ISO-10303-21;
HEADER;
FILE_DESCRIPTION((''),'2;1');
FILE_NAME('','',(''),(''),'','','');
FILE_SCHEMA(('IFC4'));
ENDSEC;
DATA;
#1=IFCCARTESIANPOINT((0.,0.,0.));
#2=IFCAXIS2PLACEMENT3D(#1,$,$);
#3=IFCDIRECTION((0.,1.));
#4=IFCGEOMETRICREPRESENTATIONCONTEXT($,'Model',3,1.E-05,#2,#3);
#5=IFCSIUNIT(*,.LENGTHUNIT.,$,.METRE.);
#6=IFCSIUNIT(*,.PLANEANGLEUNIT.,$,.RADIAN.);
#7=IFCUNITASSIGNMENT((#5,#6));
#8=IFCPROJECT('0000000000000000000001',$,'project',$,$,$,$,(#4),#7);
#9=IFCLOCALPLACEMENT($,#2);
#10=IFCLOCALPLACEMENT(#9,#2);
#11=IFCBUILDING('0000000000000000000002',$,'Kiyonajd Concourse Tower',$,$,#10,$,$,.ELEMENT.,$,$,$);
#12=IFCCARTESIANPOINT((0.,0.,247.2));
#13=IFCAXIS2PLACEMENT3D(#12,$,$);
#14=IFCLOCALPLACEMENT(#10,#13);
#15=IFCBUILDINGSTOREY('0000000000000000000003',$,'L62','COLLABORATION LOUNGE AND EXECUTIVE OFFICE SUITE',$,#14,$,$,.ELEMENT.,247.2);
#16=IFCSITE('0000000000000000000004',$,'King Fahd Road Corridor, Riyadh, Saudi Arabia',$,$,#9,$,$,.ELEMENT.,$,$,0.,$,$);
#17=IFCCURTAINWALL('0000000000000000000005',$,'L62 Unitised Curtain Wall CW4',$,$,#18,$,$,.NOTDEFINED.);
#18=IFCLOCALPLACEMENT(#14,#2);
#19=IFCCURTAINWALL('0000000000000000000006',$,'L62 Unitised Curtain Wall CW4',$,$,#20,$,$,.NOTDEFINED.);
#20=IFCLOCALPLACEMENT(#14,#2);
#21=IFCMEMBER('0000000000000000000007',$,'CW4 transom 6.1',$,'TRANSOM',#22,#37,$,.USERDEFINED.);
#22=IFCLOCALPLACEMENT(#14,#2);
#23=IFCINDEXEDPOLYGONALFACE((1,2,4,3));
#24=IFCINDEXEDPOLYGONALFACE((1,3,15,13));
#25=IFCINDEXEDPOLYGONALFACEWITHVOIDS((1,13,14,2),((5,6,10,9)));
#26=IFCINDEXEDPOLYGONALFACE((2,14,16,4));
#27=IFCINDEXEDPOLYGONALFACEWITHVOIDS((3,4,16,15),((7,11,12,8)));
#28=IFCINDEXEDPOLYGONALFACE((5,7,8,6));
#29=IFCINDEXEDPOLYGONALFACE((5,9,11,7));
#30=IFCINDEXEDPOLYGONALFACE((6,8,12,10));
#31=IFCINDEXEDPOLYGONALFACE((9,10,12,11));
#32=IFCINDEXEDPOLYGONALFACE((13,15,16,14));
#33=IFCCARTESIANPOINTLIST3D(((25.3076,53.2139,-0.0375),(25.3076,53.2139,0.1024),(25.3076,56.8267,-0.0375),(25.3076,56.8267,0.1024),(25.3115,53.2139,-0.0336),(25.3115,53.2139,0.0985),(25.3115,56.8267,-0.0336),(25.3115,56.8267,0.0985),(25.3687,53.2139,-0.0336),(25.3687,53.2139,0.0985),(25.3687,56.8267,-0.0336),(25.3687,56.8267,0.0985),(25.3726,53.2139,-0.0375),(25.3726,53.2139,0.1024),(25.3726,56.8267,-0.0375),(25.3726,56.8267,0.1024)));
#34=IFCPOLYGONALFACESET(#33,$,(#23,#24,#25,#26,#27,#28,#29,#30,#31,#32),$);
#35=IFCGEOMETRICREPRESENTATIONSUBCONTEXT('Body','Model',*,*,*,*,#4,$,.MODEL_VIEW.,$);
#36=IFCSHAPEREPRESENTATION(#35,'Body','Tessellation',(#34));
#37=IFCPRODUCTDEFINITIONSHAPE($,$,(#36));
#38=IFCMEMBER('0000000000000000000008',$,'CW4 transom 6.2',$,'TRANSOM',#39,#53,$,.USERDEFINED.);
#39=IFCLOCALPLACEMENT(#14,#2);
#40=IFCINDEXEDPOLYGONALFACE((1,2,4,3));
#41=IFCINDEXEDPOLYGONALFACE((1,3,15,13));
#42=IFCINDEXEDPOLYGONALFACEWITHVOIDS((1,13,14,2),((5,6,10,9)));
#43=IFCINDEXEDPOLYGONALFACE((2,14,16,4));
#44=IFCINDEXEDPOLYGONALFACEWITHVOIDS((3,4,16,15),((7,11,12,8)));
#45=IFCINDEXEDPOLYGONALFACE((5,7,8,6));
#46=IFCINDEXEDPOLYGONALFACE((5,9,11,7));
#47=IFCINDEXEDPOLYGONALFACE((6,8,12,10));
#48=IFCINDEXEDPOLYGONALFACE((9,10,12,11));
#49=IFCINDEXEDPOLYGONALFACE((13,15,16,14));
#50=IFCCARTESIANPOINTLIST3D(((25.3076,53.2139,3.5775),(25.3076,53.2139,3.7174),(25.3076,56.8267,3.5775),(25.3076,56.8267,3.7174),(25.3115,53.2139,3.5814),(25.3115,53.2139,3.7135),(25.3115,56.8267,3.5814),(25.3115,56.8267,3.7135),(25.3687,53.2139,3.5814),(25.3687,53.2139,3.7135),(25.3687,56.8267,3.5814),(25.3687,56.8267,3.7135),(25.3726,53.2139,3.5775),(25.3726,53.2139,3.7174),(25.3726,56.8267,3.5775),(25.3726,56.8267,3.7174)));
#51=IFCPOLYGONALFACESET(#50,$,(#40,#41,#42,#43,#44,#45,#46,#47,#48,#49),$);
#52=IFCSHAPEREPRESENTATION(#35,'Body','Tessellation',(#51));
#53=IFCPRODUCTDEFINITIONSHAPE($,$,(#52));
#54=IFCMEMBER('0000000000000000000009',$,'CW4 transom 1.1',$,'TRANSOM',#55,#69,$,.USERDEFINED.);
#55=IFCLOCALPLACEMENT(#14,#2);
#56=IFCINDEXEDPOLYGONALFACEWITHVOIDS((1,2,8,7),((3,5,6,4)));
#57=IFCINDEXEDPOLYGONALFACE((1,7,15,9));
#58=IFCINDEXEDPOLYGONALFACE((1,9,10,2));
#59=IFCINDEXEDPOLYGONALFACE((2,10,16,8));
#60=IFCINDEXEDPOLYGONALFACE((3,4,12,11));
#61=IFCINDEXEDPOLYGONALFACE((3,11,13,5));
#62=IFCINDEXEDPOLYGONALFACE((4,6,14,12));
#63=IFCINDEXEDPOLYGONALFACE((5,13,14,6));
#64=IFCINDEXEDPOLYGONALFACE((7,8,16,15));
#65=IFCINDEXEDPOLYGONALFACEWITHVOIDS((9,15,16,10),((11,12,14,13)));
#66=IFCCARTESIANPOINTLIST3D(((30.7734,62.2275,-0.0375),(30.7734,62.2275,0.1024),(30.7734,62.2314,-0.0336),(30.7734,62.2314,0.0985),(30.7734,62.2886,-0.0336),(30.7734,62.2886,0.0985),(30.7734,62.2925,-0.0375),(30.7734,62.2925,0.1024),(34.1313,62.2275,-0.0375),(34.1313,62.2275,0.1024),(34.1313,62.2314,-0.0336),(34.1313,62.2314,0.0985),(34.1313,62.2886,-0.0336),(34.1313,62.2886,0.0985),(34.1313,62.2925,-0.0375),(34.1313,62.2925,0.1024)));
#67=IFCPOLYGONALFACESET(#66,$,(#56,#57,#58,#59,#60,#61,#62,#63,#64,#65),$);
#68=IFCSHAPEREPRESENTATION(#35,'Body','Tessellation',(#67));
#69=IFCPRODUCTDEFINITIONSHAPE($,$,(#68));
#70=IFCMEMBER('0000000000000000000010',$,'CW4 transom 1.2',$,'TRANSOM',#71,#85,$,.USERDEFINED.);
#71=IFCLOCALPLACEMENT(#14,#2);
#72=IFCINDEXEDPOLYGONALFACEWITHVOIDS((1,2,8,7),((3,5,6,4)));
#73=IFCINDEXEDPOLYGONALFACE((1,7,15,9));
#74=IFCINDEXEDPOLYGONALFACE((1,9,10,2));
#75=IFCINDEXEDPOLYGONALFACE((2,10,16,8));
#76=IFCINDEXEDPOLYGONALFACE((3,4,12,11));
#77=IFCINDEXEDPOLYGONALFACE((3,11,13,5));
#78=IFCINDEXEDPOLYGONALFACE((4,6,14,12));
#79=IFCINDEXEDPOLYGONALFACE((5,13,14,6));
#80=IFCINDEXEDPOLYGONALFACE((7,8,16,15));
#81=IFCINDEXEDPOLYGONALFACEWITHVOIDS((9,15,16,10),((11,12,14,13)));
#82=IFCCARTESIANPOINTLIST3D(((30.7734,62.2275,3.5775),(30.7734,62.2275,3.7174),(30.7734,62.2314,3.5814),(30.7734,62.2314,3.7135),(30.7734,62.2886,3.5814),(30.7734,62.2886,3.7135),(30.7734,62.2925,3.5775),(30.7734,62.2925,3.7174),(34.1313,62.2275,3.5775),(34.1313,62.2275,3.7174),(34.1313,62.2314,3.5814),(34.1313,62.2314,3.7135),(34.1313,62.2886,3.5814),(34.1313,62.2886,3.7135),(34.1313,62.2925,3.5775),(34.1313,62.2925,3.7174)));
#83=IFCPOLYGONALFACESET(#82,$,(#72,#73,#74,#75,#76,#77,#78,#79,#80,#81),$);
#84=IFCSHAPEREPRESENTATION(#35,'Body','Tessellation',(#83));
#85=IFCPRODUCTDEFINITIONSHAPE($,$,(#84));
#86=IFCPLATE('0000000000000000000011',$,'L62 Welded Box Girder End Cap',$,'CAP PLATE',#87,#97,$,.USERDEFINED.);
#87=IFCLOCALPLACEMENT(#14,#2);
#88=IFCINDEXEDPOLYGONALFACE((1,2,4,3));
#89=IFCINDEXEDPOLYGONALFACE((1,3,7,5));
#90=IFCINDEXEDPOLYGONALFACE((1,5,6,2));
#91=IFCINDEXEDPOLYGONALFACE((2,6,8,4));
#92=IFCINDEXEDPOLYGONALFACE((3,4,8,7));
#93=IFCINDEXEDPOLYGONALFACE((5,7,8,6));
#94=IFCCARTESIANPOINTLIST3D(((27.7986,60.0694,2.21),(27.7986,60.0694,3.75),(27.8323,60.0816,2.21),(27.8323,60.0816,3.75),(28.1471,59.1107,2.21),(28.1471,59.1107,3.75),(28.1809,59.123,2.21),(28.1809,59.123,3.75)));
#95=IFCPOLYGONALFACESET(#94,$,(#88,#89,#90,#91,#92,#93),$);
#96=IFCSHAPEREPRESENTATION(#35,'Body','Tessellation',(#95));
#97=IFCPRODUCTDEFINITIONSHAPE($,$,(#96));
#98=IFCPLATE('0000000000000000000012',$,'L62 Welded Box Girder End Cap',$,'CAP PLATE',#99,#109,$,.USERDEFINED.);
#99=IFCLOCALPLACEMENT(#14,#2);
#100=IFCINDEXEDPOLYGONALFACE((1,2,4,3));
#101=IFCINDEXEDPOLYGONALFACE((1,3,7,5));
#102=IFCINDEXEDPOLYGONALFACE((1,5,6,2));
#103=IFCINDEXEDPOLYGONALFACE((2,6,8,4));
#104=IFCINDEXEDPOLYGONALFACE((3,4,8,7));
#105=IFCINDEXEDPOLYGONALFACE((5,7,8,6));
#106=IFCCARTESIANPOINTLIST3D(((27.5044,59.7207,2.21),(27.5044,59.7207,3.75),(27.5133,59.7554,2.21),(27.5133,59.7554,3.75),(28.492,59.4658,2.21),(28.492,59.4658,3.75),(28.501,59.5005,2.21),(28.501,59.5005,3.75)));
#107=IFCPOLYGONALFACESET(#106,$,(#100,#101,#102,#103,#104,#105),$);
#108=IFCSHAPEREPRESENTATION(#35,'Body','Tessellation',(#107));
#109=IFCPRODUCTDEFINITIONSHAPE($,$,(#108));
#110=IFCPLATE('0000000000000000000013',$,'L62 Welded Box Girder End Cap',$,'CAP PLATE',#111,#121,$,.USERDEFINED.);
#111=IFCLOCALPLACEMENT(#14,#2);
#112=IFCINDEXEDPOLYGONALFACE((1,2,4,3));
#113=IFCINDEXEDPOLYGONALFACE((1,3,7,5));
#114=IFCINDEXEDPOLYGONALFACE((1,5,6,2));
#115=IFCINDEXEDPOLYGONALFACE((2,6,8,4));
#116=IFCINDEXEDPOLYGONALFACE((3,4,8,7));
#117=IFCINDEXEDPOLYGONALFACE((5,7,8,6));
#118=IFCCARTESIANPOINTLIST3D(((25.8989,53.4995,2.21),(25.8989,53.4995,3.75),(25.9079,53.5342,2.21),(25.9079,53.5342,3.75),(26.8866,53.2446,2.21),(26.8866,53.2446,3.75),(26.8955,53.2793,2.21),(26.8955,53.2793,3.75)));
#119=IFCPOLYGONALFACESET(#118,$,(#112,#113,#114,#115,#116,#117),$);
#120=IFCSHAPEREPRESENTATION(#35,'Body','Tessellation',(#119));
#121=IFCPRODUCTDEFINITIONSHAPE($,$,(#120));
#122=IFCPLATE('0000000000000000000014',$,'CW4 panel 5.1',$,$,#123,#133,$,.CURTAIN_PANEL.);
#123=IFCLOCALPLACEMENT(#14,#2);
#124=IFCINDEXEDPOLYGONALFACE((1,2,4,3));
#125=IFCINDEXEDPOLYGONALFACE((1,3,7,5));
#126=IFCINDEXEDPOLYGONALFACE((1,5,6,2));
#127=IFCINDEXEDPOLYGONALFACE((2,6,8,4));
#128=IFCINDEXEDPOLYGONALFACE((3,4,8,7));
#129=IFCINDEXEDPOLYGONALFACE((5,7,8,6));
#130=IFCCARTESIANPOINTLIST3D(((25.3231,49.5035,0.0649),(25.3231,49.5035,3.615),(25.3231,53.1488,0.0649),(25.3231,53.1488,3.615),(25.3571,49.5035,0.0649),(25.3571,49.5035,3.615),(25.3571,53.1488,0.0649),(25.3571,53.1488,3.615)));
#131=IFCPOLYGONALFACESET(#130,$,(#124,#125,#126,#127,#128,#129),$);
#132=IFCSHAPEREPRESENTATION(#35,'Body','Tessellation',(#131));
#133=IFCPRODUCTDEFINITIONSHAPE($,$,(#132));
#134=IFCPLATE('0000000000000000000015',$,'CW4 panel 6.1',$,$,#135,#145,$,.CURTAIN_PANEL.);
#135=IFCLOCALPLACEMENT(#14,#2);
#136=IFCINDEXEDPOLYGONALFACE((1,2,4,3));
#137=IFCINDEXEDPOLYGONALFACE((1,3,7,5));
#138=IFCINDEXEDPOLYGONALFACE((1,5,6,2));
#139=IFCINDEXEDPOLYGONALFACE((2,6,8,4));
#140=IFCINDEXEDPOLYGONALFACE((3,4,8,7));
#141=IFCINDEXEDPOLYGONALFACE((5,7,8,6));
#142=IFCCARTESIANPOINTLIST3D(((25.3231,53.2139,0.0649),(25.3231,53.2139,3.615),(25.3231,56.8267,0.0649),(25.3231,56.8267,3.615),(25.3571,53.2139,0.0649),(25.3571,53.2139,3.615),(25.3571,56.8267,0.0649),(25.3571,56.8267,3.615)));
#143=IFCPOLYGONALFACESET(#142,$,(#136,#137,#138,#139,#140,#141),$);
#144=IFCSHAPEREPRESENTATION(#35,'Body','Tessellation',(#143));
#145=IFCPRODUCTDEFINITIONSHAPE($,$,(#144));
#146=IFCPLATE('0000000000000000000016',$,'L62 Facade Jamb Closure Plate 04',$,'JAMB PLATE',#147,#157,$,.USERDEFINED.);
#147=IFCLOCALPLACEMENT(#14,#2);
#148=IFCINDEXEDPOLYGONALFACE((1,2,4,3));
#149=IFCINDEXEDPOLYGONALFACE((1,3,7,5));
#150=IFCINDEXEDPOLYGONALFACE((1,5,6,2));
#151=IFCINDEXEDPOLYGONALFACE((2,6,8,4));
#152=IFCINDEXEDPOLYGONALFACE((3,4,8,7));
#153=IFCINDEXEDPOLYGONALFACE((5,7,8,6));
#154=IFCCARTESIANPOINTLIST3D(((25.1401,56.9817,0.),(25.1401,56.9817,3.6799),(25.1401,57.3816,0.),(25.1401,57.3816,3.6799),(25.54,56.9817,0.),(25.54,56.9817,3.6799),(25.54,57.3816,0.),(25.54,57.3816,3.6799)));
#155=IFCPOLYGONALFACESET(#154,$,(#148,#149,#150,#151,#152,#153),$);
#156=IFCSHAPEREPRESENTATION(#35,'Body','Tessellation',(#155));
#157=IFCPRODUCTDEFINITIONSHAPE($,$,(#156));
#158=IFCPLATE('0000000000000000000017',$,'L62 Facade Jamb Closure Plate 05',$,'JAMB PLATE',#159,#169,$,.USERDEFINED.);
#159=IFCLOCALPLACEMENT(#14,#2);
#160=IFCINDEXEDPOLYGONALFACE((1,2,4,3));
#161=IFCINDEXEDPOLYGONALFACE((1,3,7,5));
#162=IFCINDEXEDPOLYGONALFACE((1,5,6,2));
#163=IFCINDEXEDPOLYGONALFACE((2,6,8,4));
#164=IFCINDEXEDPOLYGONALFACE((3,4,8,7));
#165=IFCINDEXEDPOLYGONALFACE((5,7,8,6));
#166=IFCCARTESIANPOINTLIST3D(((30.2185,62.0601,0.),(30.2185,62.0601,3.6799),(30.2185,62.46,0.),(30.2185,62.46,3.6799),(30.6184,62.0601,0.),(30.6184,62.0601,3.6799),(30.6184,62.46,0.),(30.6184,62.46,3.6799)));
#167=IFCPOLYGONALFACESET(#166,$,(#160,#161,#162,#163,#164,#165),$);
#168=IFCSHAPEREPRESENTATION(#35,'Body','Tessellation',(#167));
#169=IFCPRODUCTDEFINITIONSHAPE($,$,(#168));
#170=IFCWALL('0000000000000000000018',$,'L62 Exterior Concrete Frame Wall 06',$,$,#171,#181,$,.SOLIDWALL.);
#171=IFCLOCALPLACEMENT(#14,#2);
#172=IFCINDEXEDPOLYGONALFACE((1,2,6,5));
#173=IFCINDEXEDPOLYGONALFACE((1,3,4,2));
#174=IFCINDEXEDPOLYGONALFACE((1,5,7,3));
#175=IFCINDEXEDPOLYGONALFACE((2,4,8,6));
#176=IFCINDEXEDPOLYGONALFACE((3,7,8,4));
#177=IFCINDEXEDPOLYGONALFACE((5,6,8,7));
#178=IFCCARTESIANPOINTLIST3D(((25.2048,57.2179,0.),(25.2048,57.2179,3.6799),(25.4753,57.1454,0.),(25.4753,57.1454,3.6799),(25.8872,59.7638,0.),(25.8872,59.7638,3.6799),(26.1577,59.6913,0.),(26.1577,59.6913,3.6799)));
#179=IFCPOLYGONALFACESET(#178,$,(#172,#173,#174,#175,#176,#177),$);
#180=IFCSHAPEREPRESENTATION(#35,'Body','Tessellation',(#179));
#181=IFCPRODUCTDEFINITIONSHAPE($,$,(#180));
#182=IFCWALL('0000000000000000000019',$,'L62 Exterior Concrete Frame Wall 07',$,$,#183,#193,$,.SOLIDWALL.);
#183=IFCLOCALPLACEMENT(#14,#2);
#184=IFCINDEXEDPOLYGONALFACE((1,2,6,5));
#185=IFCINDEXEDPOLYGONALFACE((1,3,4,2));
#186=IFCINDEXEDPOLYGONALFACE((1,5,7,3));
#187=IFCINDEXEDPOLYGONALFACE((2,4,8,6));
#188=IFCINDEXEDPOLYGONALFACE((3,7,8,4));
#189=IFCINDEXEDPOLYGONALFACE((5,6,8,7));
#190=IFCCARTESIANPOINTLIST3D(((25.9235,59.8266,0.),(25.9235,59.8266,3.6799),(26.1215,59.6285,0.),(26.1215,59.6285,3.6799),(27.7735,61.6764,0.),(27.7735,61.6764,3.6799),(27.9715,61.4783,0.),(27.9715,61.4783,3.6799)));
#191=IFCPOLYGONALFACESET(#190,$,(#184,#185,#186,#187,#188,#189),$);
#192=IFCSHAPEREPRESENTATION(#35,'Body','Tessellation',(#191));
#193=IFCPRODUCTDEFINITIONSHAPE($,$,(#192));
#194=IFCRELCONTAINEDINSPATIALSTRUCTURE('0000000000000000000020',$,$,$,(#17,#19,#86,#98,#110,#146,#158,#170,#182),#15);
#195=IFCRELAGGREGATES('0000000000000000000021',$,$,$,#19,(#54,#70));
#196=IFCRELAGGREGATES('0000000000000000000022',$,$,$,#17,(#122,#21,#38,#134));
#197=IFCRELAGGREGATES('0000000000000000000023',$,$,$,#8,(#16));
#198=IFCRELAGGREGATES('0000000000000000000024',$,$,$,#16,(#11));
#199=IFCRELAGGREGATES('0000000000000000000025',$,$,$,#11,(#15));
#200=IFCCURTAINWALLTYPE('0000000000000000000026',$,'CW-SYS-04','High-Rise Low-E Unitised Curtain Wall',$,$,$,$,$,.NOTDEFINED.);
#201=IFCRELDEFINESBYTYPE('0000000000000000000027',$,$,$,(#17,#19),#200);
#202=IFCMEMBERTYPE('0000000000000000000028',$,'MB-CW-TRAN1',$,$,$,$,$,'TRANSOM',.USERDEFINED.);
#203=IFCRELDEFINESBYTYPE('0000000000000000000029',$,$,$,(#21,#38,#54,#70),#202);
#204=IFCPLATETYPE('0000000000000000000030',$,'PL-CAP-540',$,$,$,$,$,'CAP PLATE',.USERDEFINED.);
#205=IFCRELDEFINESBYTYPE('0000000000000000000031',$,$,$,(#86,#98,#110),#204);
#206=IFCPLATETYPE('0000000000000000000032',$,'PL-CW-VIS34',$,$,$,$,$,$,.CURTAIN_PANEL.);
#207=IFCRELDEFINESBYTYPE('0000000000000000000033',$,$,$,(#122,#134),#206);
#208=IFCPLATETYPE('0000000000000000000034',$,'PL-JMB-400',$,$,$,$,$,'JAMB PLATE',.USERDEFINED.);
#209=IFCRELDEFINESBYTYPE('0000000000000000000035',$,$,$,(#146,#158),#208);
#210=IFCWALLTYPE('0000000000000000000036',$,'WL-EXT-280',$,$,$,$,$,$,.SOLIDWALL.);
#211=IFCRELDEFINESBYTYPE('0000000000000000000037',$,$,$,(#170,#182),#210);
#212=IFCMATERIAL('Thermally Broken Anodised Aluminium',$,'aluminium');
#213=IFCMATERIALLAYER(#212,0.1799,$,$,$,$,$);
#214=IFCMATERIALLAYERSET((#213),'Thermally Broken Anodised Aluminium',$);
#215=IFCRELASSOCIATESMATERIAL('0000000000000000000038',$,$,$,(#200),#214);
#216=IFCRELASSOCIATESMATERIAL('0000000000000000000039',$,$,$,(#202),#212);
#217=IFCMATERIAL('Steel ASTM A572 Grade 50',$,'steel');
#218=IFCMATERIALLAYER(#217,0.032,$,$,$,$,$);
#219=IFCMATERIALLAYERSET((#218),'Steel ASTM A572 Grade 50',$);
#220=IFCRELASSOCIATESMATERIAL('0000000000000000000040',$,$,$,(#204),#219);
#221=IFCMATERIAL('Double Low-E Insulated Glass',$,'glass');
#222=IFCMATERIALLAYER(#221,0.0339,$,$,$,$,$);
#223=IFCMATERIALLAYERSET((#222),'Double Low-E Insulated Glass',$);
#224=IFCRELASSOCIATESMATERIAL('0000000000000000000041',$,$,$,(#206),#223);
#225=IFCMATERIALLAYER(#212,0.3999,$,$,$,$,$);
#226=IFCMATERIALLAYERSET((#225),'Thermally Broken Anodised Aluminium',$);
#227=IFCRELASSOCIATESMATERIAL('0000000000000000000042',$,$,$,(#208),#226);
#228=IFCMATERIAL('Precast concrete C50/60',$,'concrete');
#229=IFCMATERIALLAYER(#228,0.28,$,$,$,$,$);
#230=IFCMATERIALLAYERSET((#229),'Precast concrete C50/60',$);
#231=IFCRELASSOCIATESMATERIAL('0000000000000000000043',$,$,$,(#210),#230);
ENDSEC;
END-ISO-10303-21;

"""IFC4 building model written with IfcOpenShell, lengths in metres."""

from ifc_helpers import new_model, si_unit, direction, frame, frame_2d, origin, origin_2d, place, context, subcontext, project, spatial, rectangle, hollow_rectangle, extrude, material, layer, layer_set, material_profile, profile_set, type_object, element, aggregate, save


model = new_model("IFC4")

# Units and contexts
model_context = context("Model", 3, precision=1e-05, world=origin(), true_north=direction((0.0, 1.0)))
body_context = subcontext(model_context, "Body", "Model", "MODEL_VIEW")
ifc_project = project(units=[si_unit("LENGTHUNIT", "METRE"), si_unit("PLANEANGLEUNIT", "RADIAN")], contexts=[model_context])

# Site, building, storey
site_placement = place(None, origin())
site = spatial("IfcSite", under=ifc_project, at=site_placement, Name="King Fahd Road Corridor, Riyadh, Saudi Arabia", CompositionType="ELEMENT", RefElevation=0.0)
building_placement = place(site_placement, origin())
building = spatial("IfcBuilding", under=site, at=building_placement, Name="Kiyonajd Concourse Tower", CompositionType="ELEMENT")
storey_placement = place(building_placement, frame((0.0, 0.0, 247.2)))
storey = spatial("IfcBuildingStorey", under=building, at=storey_placement, Name="L62", Description="COLLABORATION LOUNGE AND EXECUTIVE OFFICE SUITE", CompositionType="ELEMENT", Elevation=247.2)

# Shared definitions
ifc_material_1 = material(Name="Steel ASTM A572 Grade 50", Category="steel")

# Curtain wall
ifc_material_2 = material(Name="Thermally Broken Anodised Aluminium", Category="aluminium")
ifc_layer_1 = layer(ifc_material_2, 0.1799)
ifc_layer_set_1 = layer_set([ifc_layer_1], Name="Thermally Broken Anodised Aluminium")
curtain_wall_type = type_object("IfcCurtainWallType", Name="CW-SYS-04", Description="High-Rise Low-E Unitised Curtain Wall", PredefinedType="NOTDEFINED", material=ifc_layer_set_1)
curtain_wall_1_placement = place(storey_placement, origin())
curtain_wall_1 = element("IfcCurtainWall", 1, at=curtain_wall_1_placement, inside=storey, type_object=curtain_wall_type, Name="L62 Unitised Curtain Wall CW4", PredefinedType="NOTDEFINED")

# Curtain wall
curtain_wall_2_placement = place(storey_placement, origin())
curtain_wall_2 = element("IfcCurtainWall", 2, at=curtain_wall_2_placement, inside=storey, type_object=curtain_wall_type, Name="L62 Unitised Curtain Wall CW4", PredefinedType="NOTDEFINED")

# Members
ifc_material_profile_1 = material_profile(ifc_material_2, hollow_rectangle(XDim=0.0649, YDim=0.1399, WallThickness=0.0039, at=origin_2d()), Name="TRAN-65x140")
ifc_profile_set_1 = profile_set([ifc_material_profile_1], Name="Thermally Broken Anodised Aluminium")
member_type_1 = type_object("IfcMemberType", Name="MB-CW-TRAN1", ElementType="TRANSOM", PredefinedType="USERDEFINED", material=ifc_profile_set_1)
member_1_placement = place(storey_placement, frame((25.3401, 53.2139, 0.0325), z_axis=(0.0, 1.0, 0.0), x_axis=(-1.0, 0.0, 0.0)))
member_1 = element("IfcMember", 3, at=member_1_placement, type_object=member_type_1, Name="CW4 transom 6.1", ObjectType="TRANSOM", PredefinedType="USERDEFINED", context=body_context, shape_type="SweptSolid", body=[
    extrude(hollow_rectangle(XDim=0.0649, YDim=0.1399, WallThickness=0.0039, at=origin_2d()), origin(), (0.0, 0.0, 1.0), 3.6128),
])
member_2_placement = place(storey_placement, frame((25.3401, 53.2139, 3.6475), z_axis=(0.0, 1.0, 0.0), x_axis=(-1.0, 0.0, 0.0)))
member_2 = element("IfcMember", 4, at=member_2_placement, type_object=member_type_1, Name="CW4 transom 6.2", ObjectType="TRANSOM", PredefinedType="USERDEFINED", context=body_context, shape_type="SweptSolid", body=[
    extrude(hollow_rectangle(XDim=0.0649, YDim=0.1399, WallThickness=0.0039, at=origin_2d()), origin(), (0.0, 0.0, 1.0), 3.6128),
])
member_3_placement = place(storey_placement, frame((30.7734, 62.26, 0.0325), z_axis=(1.0, 0.0, 0.0), x_axis=(0.0, 1.0, 0.0)))
member_3 = element("IfcMember", 5, at=member_3_placement, type_object=member_type_1, Name="CW4 transom 1.1", ObjectType="TRANSOM", PredefinedType="USERDEFINED", context=body_context, shape_type="SweptSolid", body=[
    extrude(hollow_rectangle(XDim=0.0649, YDim=0.1399, WallThickness=0.0039, at=origin_2d()), origin(), (0.0, 0.0, 1.0), 3.3579),
])
member_4_placement = place(storey_placement, frame((30.7734, 62.26, 3.6475), z_axis=(1.0, 0.0, 0.0), x_axis=(0.0, 1.0, 0.0)))
member_4 = element("IfcMember", 6, at=member_4_placement, type_object=member_type_1, Name="CW4 transom 1.2", ObjectType="TRANSOM", PredefinedType="USERDEFINED", context=body_context, shape_type="SweptSolid", body=[
    extrude(hollow_rectangle(XDim=0.0649, YDim=0.1399, WallThickness=0.0039, at=origin_2d()), origin(), (0.0, 0.0, 1.0), 3.3579),
])
aggregate(curtain_wall_2, [member_3, member_4])

# Plates
ifc_layer_2 = layer(ifc_material_1, 0.032)
ifc_layer_set_2 = layer_set([ifc_layer_2], Name="Steel ASTM A572 Grade 50")
plate_type_1 = type_object("IfcPlateType", Name="PL-CAP-540", ElementType="CAP PLATE", PredefinedType="USERDEFINED", material=ifc_layer_set_2)
for number, where, z_axis, x_axis, name in (
    (7, (27.9897, 59.5962, 2.21), (0.0, 0.0, 1.0), (-0.939812, -0.341692, 0.0), "L62 Welded Box Girder End Cap"),
    (8, (28.0027, 59.6106, 2.21), (0.0, 0.0, 1.0), (0.249873, 0.968279, 0.0), "L62 Welded Box Girder End Cap"),
    (9, (26.3972, 53.3894, 2.21), (0.0, 0.0, 1.0), (-0.249873, -0.968279, 0.0), "L62 Welded Box Girder End Cap"),
):
    element("IfcPlate", number, at=place(storey_placement, frame(where, z_axis=z_axis, x_axis=x_axis)), inside=storey, type_object=plate_type_1, Name=name, ObjectType="CAP PLATE", PredefinedType="USERDEFINED", context=body_context, shape_type="SweptSolid", body=[
        extrude(rectangle(XDim=0.0359, YDim=1.02, at=origin_2d()), origin(), (0.0, 0.0, 1.0), 1.54),
    ])

# Plates
ifc_material_3 = material(Name="Double Low-E Insulated Glass", Category="glass")
ifc_layer_3 = layer(ifc_material_3, 0.0339)
ifc_layer_set_3 = layer_set([ifc_layer_3], Name="Double Low-E Insulated Glass")
plate_type_2 = type_object("IfcPlateType", Name="PL-CW-VIS34", PredefinedType="CURTAIN_PANEL", material=ifc_layer_set_3)
plate_1_placement = place(storey_placement, frame((25.3401, 51.3262, 0.0649), z_axis=(0.0, 0.0, 1.0), x_axis=(0.0, 1.0, 0.0)))
plate_1 = element("IfcPlate", 10, at=plate_1_placement, type_object=plate_type_2, Name="CW4 panel 5.1", PredefinedType="CURTAIN_PANEL", context=body_context, shape_type="SweptSolid", body=[
    extrude(rectangle(XDim=3.6453, YDim=0.0339, at=origin_2d()), origin(), (0.0, 0.0, 1.0), 3.55),
])
plate_2_placement = place(storey_placement, frame((25.3401, 55.0203, 0.0649), z_axis=(0.0, 0.0, 1.0), x_axis=(0.0, 1.0, 0.0)))
plate_2 = element("IfcPlate", 11, at=plate_2_placement, type_object=plate_type_2, Name="CW4 panel 6.1", PredefinedType="CURTAIN_PANEL", context=body_context, shape_type="SweptSolid", body=[
    extrude(rectangle(XDim=3.6128, YDim=0.0339, at=origin_2d()), origin(), (0.0, 0.0, 1.0), 3.55),
])
aggregate(curtain_wall_1, [plate_1, member_1, member_2, plate_2])

# Plates
ifc_layer_4 = layer(ifc_material_2, 0.3999)
ifc_layer_set_4 = layer_set([ifc_layer_4], Name="Thermally Broken Anodised Aluminium")
plate_type_3 = type_object("IfcPlateType", Name="PL-JMB-400", ElementType="JAMB PLATE", PredefinedType="USERDEFINED", material=ifc_layer_set_4)
for number, where, z_axis, x_axis, name in (
    (12, (25.3401, 57.1816, 0.0), (0.0, 0.0, 1.0), (1.0, 0.0, 0.0), "L62 Facade Jamb Closure Plate 04"),
    (13, (30.4185, 62.26, 0.0), (0.0, 0.0, 1.0), (1.0, 0.0, 0.0), "L62 Facade Jamb Closure Plate 05"),
):
    element("IfcPlate", number, at=place(storey_placement, frame(where, z_axis=z_axis, x_axis=x_axis)), inside=storey, type_object=plate_type_3, Name=name, ObjectType="JAMB PLATE", PredefinedType="USERDEFINED", context=body_context, shape_type="SweptSolid", body=[
        extrude(rectangle(XDim=0.3999, YDim=0.3999, at=origin_2d()), origin(), (0.0, 0.0, 1.0), 3.6799),
    ])

# Walls
ifc_material_4 = material(Name="Precast concrete C50/60", Category="concrete")
ifc_layer_5 = layer(ifc_material_4, 0.28)
ifc_layer_set_5 = layer_set([ifc_layer_5], Name="Precast concrete C50/60")
wall_type = type_object("IfcWallType", Name="WL-EXT-280", PredefinedType="SOLIDWALL", material=ifc_layer_set_5)
wall_1_placement = place(storey_placement, frame((25.3401, 57.1816, 0.0), z_axis=(0.0, 0.0, 1.0), x_axis=(0.25889, 0.965907, 0.0)))
element("IfcWall", 14, at=wall_1_placement, inside=storey, type_object=wall_type, Name="L62 Exterior Concrete Frame Wall 06", PredefinedType="SOLIDWALL", context=body_context, shape_type="SweptSolid", body=[
    extrude(rectangle(XDim=2.6357, YDim=0.28, at=frame_2d((1.3179, 0.0))), origin(), (0.0, 0.0, 1.0), 3.6799),
])
wall_2_placement = place(storey_placement, frame((26.0225, 59.7275, 0.0), z_axis=(0.0, 0.0, 1.0), x_axis=(0.707153, 0.70706, 0.0)))
element("IfcWall", 15, at=wall_2_placement, inside=storey, type_object=wall_type, Name="L62 Exterior Concrete Frame Wall 07", PredefinedType="SOLIDWALL", context=body_context, shape_type="SweptSolid", body=[
    extrude(rectangle(XDim=2.6162, YDim=0.28, at=frame_2d((1.3081, 0.0))), origin(), (0.0, 0.0, 1.0), 3.6799),
])

save(model, "model.ifc")
